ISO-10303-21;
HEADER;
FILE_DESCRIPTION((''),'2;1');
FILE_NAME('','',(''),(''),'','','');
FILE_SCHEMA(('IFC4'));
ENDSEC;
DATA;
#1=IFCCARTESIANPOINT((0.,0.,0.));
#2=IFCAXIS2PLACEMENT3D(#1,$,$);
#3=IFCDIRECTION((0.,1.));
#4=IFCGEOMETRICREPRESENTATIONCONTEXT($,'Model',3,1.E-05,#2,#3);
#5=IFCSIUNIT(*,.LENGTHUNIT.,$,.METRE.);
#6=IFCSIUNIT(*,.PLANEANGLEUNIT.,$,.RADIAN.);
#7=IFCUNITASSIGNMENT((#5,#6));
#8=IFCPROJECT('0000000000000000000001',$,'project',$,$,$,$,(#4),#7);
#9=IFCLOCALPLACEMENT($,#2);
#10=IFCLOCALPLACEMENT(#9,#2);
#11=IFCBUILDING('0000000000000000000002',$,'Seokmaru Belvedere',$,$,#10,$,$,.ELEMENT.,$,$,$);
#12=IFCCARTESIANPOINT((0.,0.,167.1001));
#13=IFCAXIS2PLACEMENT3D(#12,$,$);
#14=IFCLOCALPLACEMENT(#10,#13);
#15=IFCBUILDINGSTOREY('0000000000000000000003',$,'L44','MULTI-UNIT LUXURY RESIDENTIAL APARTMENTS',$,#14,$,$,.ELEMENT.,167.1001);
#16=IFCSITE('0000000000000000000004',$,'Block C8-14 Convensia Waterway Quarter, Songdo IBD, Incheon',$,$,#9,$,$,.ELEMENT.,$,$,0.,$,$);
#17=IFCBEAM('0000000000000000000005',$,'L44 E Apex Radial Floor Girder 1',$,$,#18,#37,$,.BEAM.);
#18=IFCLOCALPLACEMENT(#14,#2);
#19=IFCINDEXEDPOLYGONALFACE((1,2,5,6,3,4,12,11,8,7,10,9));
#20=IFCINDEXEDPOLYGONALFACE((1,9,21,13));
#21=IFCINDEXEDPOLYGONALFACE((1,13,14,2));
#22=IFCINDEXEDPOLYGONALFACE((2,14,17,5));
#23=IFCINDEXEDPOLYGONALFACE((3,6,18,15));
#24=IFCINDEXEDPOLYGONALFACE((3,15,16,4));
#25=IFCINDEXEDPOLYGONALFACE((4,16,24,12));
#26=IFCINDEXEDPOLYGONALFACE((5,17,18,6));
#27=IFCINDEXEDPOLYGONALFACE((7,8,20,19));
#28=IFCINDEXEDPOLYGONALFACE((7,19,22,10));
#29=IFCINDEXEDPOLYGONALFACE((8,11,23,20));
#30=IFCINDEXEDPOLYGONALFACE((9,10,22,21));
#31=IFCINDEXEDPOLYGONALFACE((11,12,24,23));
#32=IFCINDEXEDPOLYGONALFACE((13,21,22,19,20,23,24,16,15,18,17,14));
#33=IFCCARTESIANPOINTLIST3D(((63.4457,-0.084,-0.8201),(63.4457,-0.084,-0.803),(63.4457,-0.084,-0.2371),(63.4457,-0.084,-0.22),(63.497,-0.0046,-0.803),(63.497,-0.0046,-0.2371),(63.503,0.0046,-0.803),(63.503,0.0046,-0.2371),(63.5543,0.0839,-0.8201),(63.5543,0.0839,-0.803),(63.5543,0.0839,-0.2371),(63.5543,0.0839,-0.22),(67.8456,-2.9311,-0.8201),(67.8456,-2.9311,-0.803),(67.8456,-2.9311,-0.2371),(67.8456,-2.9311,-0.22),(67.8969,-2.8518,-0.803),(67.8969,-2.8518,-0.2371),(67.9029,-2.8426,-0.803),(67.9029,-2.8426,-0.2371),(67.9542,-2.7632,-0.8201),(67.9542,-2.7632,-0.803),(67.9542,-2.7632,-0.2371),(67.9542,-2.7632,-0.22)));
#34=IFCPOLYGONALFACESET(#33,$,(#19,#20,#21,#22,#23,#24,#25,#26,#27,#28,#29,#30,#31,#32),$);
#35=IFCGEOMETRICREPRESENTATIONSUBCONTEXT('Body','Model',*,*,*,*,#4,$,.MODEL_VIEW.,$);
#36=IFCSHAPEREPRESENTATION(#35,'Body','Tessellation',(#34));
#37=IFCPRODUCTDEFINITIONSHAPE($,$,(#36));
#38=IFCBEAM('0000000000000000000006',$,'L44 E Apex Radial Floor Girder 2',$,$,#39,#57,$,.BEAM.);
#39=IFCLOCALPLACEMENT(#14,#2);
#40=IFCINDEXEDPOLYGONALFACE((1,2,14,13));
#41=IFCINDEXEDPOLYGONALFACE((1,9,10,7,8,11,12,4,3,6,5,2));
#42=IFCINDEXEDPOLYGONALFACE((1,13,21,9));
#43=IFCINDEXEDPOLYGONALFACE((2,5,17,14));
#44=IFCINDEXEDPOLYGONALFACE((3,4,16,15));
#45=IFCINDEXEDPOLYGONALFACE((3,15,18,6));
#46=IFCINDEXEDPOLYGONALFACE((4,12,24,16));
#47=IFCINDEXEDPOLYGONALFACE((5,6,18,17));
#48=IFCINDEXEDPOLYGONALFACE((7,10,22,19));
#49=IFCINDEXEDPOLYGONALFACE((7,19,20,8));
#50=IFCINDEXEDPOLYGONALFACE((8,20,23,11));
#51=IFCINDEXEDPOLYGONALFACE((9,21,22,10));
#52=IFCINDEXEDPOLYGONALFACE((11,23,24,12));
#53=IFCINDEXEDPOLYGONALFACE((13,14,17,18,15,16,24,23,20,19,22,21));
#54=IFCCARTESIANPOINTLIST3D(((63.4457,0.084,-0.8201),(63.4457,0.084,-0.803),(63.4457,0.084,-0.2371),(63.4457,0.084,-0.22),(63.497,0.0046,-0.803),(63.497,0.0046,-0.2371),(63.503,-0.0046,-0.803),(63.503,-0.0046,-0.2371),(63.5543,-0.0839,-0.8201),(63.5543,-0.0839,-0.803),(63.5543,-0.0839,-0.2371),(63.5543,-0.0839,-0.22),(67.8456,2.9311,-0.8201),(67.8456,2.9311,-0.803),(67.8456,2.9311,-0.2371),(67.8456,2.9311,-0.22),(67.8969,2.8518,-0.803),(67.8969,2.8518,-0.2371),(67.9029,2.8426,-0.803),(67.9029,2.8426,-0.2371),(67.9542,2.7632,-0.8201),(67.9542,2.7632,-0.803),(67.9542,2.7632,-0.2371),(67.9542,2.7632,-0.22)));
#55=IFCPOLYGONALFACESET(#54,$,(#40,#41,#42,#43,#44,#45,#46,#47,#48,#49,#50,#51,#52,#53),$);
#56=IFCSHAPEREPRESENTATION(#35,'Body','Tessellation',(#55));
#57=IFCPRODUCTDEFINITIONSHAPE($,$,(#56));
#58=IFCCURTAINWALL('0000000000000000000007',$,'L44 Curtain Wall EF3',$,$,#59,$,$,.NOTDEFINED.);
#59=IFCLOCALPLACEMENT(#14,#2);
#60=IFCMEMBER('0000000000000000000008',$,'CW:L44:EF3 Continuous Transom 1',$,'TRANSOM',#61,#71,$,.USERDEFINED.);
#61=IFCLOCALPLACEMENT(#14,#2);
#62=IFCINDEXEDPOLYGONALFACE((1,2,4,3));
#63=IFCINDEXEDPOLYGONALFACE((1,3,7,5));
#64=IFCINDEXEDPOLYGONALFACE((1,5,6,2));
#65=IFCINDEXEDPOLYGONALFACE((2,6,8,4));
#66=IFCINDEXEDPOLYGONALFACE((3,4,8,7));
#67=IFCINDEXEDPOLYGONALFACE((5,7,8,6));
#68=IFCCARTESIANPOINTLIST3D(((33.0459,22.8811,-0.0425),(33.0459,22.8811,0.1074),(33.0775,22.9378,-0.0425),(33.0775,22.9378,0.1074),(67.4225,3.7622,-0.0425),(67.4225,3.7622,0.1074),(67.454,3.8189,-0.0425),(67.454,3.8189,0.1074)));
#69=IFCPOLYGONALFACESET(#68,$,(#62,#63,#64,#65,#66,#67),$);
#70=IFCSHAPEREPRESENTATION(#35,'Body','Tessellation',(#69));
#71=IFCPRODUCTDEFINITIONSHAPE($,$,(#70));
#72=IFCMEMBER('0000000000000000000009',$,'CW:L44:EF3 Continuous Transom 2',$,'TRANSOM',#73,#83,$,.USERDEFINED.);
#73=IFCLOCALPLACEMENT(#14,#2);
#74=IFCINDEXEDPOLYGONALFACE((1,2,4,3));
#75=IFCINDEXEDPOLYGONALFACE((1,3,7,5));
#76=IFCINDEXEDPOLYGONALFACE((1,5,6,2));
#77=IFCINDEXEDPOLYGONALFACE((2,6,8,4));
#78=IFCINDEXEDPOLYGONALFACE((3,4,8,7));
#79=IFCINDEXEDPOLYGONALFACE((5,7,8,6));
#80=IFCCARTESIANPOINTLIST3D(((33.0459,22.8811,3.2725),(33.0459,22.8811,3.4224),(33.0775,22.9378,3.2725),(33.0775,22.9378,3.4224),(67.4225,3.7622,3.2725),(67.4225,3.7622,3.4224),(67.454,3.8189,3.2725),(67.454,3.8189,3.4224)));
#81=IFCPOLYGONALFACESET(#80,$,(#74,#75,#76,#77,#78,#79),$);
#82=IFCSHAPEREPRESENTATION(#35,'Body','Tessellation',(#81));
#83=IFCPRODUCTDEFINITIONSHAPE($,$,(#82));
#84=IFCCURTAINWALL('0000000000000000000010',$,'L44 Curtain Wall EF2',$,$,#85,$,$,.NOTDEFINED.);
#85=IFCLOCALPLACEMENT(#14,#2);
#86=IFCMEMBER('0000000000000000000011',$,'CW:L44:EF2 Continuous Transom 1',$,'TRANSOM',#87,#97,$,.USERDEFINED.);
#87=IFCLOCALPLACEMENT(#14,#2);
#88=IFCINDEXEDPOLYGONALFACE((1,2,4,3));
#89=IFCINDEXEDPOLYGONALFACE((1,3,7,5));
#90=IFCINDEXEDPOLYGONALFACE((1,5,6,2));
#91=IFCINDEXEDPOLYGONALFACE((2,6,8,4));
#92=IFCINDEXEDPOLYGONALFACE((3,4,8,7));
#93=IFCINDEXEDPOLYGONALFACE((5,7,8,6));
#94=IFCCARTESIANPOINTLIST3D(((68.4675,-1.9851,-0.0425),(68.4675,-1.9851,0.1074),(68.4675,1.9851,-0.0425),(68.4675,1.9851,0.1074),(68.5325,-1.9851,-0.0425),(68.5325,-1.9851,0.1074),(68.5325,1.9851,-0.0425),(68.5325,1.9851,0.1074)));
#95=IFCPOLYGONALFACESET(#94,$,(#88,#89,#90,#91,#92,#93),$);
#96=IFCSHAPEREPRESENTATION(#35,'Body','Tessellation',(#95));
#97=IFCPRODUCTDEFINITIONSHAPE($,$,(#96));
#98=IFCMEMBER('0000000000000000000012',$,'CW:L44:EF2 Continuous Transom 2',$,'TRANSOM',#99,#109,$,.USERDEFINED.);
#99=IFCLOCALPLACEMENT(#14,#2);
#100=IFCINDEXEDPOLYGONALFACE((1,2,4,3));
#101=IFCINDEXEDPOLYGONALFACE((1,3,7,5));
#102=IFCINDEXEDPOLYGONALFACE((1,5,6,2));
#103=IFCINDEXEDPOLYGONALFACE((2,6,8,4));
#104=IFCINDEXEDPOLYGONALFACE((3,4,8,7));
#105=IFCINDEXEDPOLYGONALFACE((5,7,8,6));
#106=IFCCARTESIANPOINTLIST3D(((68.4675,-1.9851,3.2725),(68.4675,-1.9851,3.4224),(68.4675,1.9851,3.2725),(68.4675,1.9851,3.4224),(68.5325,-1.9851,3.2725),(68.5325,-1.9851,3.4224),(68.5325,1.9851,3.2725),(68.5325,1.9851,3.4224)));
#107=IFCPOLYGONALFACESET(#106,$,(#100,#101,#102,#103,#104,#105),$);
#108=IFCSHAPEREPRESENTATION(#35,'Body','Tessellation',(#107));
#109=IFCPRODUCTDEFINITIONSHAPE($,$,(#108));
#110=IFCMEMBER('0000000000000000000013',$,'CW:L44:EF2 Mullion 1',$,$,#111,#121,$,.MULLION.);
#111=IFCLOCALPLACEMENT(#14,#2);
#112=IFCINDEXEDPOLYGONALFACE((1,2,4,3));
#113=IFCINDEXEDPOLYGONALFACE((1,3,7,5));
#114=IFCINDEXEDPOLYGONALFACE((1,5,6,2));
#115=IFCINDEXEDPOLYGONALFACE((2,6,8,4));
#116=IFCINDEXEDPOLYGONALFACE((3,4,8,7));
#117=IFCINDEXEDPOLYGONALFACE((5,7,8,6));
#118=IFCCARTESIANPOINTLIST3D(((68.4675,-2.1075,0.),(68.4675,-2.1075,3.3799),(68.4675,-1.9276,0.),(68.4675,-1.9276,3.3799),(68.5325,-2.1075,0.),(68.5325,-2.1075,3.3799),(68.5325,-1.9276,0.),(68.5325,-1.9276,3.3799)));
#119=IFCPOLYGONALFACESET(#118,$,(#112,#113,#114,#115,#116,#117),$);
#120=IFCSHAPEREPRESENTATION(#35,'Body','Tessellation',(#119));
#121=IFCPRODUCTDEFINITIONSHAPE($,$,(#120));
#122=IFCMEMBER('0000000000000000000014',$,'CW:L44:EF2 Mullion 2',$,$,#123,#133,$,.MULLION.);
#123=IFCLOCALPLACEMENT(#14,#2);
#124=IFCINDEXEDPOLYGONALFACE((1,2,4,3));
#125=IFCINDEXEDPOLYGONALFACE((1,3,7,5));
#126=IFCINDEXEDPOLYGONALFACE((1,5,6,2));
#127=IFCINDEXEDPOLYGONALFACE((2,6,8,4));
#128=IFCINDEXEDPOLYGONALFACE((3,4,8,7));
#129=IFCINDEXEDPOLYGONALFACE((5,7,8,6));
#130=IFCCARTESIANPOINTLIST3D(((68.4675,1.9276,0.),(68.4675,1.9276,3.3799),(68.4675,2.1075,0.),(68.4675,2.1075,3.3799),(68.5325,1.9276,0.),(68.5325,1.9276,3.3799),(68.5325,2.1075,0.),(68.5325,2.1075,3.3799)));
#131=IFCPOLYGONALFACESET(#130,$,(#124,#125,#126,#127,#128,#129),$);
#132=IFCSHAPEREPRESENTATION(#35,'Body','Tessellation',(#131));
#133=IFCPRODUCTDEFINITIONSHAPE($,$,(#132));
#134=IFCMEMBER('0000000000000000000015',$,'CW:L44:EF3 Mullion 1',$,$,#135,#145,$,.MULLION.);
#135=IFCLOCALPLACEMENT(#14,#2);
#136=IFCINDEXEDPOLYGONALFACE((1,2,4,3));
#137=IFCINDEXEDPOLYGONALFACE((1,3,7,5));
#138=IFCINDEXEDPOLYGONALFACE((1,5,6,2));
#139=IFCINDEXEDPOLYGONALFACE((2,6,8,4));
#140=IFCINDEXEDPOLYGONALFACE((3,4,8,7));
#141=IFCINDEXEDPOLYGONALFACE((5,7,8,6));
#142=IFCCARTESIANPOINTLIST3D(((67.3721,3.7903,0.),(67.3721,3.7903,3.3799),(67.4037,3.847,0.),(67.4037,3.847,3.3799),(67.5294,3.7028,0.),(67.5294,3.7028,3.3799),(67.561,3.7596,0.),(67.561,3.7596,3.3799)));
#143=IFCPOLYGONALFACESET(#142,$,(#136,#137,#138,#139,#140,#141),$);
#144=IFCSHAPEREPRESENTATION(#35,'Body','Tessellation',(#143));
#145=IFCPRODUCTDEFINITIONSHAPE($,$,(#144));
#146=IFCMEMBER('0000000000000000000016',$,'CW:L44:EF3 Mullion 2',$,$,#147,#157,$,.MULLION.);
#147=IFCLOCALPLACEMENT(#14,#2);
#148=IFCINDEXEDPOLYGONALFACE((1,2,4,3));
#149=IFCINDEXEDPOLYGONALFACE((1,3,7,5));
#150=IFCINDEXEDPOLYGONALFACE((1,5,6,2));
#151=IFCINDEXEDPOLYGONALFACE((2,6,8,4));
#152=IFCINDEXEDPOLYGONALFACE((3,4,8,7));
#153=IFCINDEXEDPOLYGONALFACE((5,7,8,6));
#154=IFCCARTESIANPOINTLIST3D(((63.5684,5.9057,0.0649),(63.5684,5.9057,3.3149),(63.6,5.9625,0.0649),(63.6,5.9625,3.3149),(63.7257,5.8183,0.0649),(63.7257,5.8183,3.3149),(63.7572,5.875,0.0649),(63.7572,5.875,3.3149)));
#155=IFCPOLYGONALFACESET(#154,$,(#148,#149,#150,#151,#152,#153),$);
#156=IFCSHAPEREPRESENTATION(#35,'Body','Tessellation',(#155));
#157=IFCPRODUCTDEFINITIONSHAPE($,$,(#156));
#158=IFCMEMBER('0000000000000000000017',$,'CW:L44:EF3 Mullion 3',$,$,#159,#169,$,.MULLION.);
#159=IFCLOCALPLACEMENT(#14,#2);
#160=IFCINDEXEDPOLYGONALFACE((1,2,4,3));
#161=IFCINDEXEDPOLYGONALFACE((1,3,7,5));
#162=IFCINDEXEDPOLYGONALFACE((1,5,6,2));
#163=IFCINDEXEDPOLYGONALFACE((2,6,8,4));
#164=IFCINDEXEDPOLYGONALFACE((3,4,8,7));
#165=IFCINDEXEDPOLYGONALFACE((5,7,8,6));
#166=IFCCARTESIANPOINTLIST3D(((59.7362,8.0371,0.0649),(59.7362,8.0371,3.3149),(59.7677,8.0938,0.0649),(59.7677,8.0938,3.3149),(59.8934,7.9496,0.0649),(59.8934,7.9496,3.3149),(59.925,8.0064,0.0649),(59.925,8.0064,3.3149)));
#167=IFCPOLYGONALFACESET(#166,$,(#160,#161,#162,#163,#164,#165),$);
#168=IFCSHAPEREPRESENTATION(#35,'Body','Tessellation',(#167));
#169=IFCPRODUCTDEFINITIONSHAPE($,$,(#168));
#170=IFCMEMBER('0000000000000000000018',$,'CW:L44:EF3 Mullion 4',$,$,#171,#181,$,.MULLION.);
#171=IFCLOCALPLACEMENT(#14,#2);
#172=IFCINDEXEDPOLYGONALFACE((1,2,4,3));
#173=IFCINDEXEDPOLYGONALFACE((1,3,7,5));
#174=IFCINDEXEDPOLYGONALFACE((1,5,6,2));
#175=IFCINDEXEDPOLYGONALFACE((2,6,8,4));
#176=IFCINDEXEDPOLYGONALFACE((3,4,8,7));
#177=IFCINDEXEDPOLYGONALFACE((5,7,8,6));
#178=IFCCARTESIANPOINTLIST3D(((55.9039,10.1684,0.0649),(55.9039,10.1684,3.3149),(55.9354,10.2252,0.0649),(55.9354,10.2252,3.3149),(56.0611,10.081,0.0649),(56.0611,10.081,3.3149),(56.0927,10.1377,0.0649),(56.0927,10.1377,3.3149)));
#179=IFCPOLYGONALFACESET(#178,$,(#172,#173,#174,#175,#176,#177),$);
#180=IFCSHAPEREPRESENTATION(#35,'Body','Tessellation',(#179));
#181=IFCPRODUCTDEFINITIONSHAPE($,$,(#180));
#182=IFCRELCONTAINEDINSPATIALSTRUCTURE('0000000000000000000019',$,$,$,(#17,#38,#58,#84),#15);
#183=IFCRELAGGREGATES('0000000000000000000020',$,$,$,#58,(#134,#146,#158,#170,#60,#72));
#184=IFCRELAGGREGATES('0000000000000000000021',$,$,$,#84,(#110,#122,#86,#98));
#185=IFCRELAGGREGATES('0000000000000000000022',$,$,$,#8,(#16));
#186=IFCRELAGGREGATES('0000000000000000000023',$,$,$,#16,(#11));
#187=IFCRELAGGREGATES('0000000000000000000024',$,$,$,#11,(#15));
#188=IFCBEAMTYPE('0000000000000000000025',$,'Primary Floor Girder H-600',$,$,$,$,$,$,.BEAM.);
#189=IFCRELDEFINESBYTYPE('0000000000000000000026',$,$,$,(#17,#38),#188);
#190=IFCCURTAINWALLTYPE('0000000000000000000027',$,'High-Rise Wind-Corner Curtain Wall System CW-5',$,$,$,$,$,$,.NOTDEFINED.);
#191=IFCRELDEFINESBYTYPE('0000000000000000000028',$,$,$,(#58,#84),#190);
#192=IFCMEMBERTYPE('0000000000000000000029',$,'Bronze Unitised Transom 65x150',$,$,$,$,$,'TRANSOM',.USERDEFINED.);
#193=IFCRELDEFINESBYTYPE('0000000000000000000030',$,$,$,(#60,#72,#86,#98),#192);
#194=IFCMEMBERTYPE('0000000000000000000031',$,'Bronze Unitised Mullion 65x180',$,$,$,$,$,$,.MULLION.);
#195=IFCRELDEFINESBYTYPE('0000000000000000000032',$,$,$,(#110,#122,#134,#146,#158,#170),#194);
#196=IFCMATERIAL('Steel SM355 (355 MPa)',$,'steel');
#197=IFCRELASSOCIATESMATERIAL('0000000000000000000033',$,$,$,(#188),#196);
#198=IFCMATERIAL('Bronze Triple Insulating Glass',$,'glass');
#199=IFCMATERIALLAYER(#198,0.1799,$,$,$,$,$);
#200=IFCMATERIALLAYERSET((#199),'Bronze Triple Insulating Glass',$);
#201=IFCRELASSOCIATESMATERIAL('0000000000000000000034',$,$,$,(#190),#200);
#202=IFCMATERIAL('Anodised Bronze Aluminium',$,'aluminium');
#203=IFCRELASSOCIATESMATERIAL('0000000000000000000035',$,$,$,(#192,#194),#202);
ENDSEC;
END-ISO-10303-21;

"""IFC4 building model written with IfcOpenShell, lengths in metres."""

from ifc_helpers import new_model, si_unit, direction, frame, origin, origin_2d, place, context, subcontext, project, spatial, rectangle, i_section, extrude, source, transform, mapped, material, layer, layer_set, material_profile, profile_set, type_object, type_shapes, element, aggregate, save


model = new_model("IFC4")

# Units and contexts
model_context = context("Model", 3, precision=1e-05, world=origin(), true_north=direction((0.0, 1.0)))
body_context = subcontext(model_context, "Body", "Model", "MODEL_VIEW")
ifc_project = project(units=[si_unit("LENGTHUNIT", "METRE"), si_unit("PLANEANGLEUNIT", "RADIAN")], contexts=[model_context])

# Site, building, storey
site_placement = place(None, origin())
site = spatial("IfcSite", under=ifc_project, at=site_placement, Name="Block C8-14 Convensia Waterway Quarter, Songdo IBD, Incheon", CompositionType="ELEMENT", RefElevation=0.0)
building_placement = place(site_placement, origin())
building = spatial("IfcBuilding", under=site, at=building_placement, Name="Seokmaru Belvedere", CompositionType="ELEMENT")
storey_placement = place(building_placement, frame((0.0, 0.0, 167.1001)))
storey = spatial("IfcBuildingStorey", under=building, at=storey_placement, Name="L44", Description="MULTI-UNIT LUXURY RESIDENTIAL APARTMENTS", CompositionType="ELEMENT", Elevation=167.1001)

# Shared definitions
ifc_material_1 = material(Name="Steel SM355 (355 MPa)", Category="steel")

# Beams
ifc_material_profile_1 = material_profile(ifc_material_1, i_section(OverallWidth=0.2, OverallDepth=0.6001, WebThickness=0.011, FlangeThickness=0.0171, at=origin_2d()), Name="H-600x200x11x17")
ifc_profile_set_1 = profile_set([ifc_material_profile_1], Name="Steel SM355 (355 MPa)")
beam_type_1 = type_object("IfcBeamType", Name="Primary Floor Girder H-600", PredefinedType="BEAM", material=ifc_profile_set_1)
shared_shape_1 = source(origin(), body_context, "Body", "SweptSolid", [
    extrude(i_section(OverallWidth=0.2, OverallDepth=0.6001, WebThickness=0.011, FlangeThickness=0.0171, at=origin_2d()), origin(), (0.0, 0.0, 1.0), 5.2407),
])
for number, where, z_axis, x_axis, name in (
    (1, (67.8999, -2.8472, -0.52), (-0.839555, 0.543274, 0.0), (-0.543274, -0.839555, 0.0), "L44 E Apex Radial Floor Girder 1"),
    (2, (67.8999, 2.8472, -0.52), (-0.839555, -0.543274, 0.0), (0.543274, -0.839555, 0.0), "L44 E Apex Radial Floor Girder 2"),
):
    element("IfcBeam", number, at=place(storey_placement, frame(where, z_axis=z_axis, x_axis=x_axis)), inside=storey, type_object=beam_type_1, Name=name, PredefinedType="BEAM", context=body_context, shape_type="MappedRepresentation", body=[
        mapped(shared_shape_1, transform((0.0, 0.0, 0.0), scale=1.0)),
    ])

# Curtain walls, members
ifc_material_2 = material(Name="Bronze Triple Insulating Glass", Category="glass")
ifc_layer_1 = layer(ifc_material_2, 0.1799)
ifc_layer_set_1 = layer_set([ifc_layer_1], Name="Bronze Triple Insulating Glass")
curtain_wall_type = type_object("IfcCurtainWallType", Name="High-Rise Wind-Corner Curtain Wall System CW-5", PredefinedType="NOTDEFINED", material=ifc_layer_set_1)
curtain_wall_1_placement = place(storey_placement, origin())
curtain_wall_1 = element("IfcCurtainWall", 3, at=curtain_wall_1_placement, inside=storey, type_object=curtain_wall_type, Name="L44 Curtain Wall EF3", PredefinedType="NOTDEFINED")
ifc_material_3 = material(Name="Anodised Bronze Aluminium", Category="aluminium")
ifc_material_profile_2 = material_profile(ifc_material_3, rectangle(XDim=0.0649, YDim=0.1499, at=origin_2d()), Name="CW-T-65x150")
ifc_profile_set_2 = profile_set([ifc_material_profile_2], Name="Anodised Bronze Aluminium")
member_type_1 = type_object("IfcMemberType", Name="Bronze Unitised Transom 65x150", ElementType="TRANSOM", PredefinedType="USERDEFINED", material=ifc_profile_set_2)
shared_shape_2 = source(origin(), body_context, "Body", "SweptSolid", [
    extrude(rectangle(XDim=0.0649, YDim=0.1499, at=origin_2d()), origin(), (0.0, 0.0, 1.0), 39.3354),
])
member_1_placement = place(storey_placement, frame((67.4382, 3.7905, 0.0325), z_axis=(-0.873932, 0.486048, 0.0), x_axis=(-0.486048, -0.873932, 0.0)))
member_1 = element("IfcMember", 4, at=member_1_placement, type_object=member_type_1, Name="CW:L44:EF3 Continuous Transom 1", ObjectType="TRANSOM", PredefinedType="USERDEFINED", context=body_context, shape_type="MappedRepresentation", body=[
    mapped(shared_shape_2, transform((0.0, 0.0, 0.0), scale=1.0)),
])
member_2_placement = place(storey_placement, frame((67.4382, 3.7905, 3.3474), z_axis=(-0.873932, 0.486048, 0.0), x_axis=(-0.486048, -0.873932, 0.0)))
member_2 = element("IfcMember", 5, at=member_2_placement, type_object=member_type_1, Name="CW:L44:EF3 Continuous Transom 2", ObjectType="TRANSOM", PredefinedType="USERDEFINED", context=body_context, shape_type="MappedRepresentation", body=[
    mapped(shared_shape_2, transform((0.0, 0.0, 0.0), scale=1.0)),
])
curtain_wall_2_placement = place(storey_placement, origin())
curtain_wall_2 = element("IfcCurtainWall", 6, at=curtain_wall_2_placement, inside=storey, type_object=curtain_wall_type, Name="L44 Curtain Wall EF2", PredefinedType="NOTDEFINED")
shared_shape_3 = source(origin(), body_context, "Body", "SweptSolid", [
    extrude(rectangle(XDim=0.0649, YDim=0.1499, at=origin_2d()), origin(), (0.0, 0.0, 1.0), 3.9702),
])
type_shapes(member_type_1, [shared_shape_2, shared_shape_3])
member_3_placement = place(storey_placement, frame((68.5, -1.9851, 0.0325), z_axis=(0.0, 1.0, 0.0), x_axis=(-1.0, 0.0, 0.0)))
member_3 = element("IfcMember", 7, at=member_3_placement, type_object=member_type_1, Name="CW:L44:EF2 Continuous Transom 1", ObjectType="TRANSOM", PredefinedType="USERDEFINED", context=body_context, shape_type="MappedRepresentation", body=[
    mapped(shared_shape_3, transform((0.0, 0.0, 0.0), scale=1.0)),
])
member_4_placement = place(storey_placement, frame((68.5, -1.9851, 3.3474), z_axis=(0.0, 1.0, 0.0), x_axis=(-1.0, 0.0, 0.0)))
member_4 = element("IfcMember", 8, at=member_4_placement, type_object=member_type_1, Name="CW:L44:EF2 Continuous Transom 2", ObjectType="TRANSOM", PredefinedType="USERDEFINED", context=body_context, shape_type="MappedRepresentation", body=[
    mapped(shared_shape_3, transform((0.0, 0.0, 0.0), scale=1.0)),
])
ifc_material_profile_3 = material_profile(ifc_material_3, rectangle(XDim=0.0649, YDim=0.1799, at=origin_2d()), Name="CW-M-65x180")
ifc_profile_set_3 = profile_set([ifc_material_profile_3], Name="Anodised Bronze Aluminium")
member_type_2 = type_object("IfcMemberType", Name="Bronze Unitised Mullion 65x180", PredefinedType="MULLION", material=ifc_profile_set_3)
shared_shape_4 = source(origin(), body_context, "Body", "SweptSolid", [
    extrude(rectangle(XDim=0.0649, YDim=0.1799, at=origin_2d()), origin(), (0.0, 0.0, 1.0), 3.3799),
])
member_5_placement = place(storey_placement, frame((68.5, -2.0176, 0.0), z_axis=(0.0, 0.0, 1.0), x_axis=(-1.0, 0.0, 0.0)))
member_5 = element("IfcMember", 9, at=member_5_placement, type_object=member_type_2, Name="CW:L44:EF2 Mullion 1", PredefinedType="MULLION", context=body_context, shape_type="MappedRepresentation", body=[
    mapped(shared_shape_4, transform((0.0, 0.0, 0.0), scale=1.0)),
])
member_6_placement = place(storey_placement, frame((68.5, 2.0176, 0.0), z_axis=(0.0, 0.0, 1.0), x_axis=(-1.0, 0.0, 0.0)))
member_6 = element("IfcMember", 10, at=member_6_placement, type_object=member_type_2, Name="CW:L44:EF2 Mullion 2", PredefinedType="MULLION", context=body_context, shape_type="MappedRepresentation", body=[
    mapped(shared_shape_4, transform((0.0, 0.0, 0.0), scale=1.0)),
])

# Members
member_7_placement = place(storey_placement, frame((67.4666, 3.7749, 0.0), z_axis=(0.0, 0.0, 1.0), x_axis=(-0.486047, -0.873933, 0.0)))
member_7 = element("IfcMember", 11, at=member_7_placement, type_object=member_type_2, Name="CW:L44:EF3 Mullion 1", PredefinedType="MULLION", context=body_context, shape_type="MappedRepresentation", body=[
    mapped(shared_shape_4, transform((0.0, 0.0, 0.0), scale=1.0)),
])
shared_shape_5 = source(origin(), body_context, "Body", "SweptSolid", [
    extrude(rectangle(XDim=0.0649, YDim=0.1799, at=origin_2d()), origin(), (0.0, 0.0, 1.0), 3.25),
])
type_shapes(member_type_2, [shared_shape_4, shared_shape_5])
member_8_placement = place(storey_placement, frame((63.6628, 5.8904, 0.0649), z_axis=(0.0, 0.0, 1.0), x_axis=(-0.486047, -0.873933, 0.0)))
member_8 = element("IfcMember", 12, at=member_8_placement, type_object=member_type_2, Name="CW:L44:EF3 Mullion 2", PredefinedType="MULLION", context=body_context, shape_type="MappedRepresentation", body=[
    mapped(shared_shape_5, transform((0.0, 0.0, 0.0), scale=1.0)),
])
member_9_placement = place(storey_placement, frame((59.8306, 8.0217, 0.0649), z_axis=(0.0, 0.0, 1.0), x_axis=(-0.486047, -0.873933, 0.0)))
member_9 = element("IfcMember", 13, at=member_9_placement, type_object=member_type_2, Name="CW:L44:EF3 Mullion 3", PredefinedType="MULLION", context=body_context, shape_type="MappedRepresentation", body=[
    mapped(shared_shape_5, transform((0.0, 0.0, 0.0), scale=1.0)),
])
member_10_placement = place(storey_placement, frame((55.9983, 10.1531, 0.0649), z_axis=(0.0, 0.0, 1.0), x_axis=(-0.486047, -0.873933, 0.0)))
member_10 = element("IfcMember", 14, at=member_10_placement, type_object=member_type_2, Name="CW:L44:EF3 Mullion 4", PredefinedType="MULLION", context=body_context, shape_type="MappedRepresentation", body=[
    mapped(shared_shape_5, transform((0.0, 0.0, 0.0), scale=1.0)),
])

aggregate(curtain_wall_1, [member_7, member_8, member_9, member_10, member_1, member_2])
aggregate(curtain_wall_2, [member_5, member_6, member_3, member_4])

save(model, "model.ifc")
